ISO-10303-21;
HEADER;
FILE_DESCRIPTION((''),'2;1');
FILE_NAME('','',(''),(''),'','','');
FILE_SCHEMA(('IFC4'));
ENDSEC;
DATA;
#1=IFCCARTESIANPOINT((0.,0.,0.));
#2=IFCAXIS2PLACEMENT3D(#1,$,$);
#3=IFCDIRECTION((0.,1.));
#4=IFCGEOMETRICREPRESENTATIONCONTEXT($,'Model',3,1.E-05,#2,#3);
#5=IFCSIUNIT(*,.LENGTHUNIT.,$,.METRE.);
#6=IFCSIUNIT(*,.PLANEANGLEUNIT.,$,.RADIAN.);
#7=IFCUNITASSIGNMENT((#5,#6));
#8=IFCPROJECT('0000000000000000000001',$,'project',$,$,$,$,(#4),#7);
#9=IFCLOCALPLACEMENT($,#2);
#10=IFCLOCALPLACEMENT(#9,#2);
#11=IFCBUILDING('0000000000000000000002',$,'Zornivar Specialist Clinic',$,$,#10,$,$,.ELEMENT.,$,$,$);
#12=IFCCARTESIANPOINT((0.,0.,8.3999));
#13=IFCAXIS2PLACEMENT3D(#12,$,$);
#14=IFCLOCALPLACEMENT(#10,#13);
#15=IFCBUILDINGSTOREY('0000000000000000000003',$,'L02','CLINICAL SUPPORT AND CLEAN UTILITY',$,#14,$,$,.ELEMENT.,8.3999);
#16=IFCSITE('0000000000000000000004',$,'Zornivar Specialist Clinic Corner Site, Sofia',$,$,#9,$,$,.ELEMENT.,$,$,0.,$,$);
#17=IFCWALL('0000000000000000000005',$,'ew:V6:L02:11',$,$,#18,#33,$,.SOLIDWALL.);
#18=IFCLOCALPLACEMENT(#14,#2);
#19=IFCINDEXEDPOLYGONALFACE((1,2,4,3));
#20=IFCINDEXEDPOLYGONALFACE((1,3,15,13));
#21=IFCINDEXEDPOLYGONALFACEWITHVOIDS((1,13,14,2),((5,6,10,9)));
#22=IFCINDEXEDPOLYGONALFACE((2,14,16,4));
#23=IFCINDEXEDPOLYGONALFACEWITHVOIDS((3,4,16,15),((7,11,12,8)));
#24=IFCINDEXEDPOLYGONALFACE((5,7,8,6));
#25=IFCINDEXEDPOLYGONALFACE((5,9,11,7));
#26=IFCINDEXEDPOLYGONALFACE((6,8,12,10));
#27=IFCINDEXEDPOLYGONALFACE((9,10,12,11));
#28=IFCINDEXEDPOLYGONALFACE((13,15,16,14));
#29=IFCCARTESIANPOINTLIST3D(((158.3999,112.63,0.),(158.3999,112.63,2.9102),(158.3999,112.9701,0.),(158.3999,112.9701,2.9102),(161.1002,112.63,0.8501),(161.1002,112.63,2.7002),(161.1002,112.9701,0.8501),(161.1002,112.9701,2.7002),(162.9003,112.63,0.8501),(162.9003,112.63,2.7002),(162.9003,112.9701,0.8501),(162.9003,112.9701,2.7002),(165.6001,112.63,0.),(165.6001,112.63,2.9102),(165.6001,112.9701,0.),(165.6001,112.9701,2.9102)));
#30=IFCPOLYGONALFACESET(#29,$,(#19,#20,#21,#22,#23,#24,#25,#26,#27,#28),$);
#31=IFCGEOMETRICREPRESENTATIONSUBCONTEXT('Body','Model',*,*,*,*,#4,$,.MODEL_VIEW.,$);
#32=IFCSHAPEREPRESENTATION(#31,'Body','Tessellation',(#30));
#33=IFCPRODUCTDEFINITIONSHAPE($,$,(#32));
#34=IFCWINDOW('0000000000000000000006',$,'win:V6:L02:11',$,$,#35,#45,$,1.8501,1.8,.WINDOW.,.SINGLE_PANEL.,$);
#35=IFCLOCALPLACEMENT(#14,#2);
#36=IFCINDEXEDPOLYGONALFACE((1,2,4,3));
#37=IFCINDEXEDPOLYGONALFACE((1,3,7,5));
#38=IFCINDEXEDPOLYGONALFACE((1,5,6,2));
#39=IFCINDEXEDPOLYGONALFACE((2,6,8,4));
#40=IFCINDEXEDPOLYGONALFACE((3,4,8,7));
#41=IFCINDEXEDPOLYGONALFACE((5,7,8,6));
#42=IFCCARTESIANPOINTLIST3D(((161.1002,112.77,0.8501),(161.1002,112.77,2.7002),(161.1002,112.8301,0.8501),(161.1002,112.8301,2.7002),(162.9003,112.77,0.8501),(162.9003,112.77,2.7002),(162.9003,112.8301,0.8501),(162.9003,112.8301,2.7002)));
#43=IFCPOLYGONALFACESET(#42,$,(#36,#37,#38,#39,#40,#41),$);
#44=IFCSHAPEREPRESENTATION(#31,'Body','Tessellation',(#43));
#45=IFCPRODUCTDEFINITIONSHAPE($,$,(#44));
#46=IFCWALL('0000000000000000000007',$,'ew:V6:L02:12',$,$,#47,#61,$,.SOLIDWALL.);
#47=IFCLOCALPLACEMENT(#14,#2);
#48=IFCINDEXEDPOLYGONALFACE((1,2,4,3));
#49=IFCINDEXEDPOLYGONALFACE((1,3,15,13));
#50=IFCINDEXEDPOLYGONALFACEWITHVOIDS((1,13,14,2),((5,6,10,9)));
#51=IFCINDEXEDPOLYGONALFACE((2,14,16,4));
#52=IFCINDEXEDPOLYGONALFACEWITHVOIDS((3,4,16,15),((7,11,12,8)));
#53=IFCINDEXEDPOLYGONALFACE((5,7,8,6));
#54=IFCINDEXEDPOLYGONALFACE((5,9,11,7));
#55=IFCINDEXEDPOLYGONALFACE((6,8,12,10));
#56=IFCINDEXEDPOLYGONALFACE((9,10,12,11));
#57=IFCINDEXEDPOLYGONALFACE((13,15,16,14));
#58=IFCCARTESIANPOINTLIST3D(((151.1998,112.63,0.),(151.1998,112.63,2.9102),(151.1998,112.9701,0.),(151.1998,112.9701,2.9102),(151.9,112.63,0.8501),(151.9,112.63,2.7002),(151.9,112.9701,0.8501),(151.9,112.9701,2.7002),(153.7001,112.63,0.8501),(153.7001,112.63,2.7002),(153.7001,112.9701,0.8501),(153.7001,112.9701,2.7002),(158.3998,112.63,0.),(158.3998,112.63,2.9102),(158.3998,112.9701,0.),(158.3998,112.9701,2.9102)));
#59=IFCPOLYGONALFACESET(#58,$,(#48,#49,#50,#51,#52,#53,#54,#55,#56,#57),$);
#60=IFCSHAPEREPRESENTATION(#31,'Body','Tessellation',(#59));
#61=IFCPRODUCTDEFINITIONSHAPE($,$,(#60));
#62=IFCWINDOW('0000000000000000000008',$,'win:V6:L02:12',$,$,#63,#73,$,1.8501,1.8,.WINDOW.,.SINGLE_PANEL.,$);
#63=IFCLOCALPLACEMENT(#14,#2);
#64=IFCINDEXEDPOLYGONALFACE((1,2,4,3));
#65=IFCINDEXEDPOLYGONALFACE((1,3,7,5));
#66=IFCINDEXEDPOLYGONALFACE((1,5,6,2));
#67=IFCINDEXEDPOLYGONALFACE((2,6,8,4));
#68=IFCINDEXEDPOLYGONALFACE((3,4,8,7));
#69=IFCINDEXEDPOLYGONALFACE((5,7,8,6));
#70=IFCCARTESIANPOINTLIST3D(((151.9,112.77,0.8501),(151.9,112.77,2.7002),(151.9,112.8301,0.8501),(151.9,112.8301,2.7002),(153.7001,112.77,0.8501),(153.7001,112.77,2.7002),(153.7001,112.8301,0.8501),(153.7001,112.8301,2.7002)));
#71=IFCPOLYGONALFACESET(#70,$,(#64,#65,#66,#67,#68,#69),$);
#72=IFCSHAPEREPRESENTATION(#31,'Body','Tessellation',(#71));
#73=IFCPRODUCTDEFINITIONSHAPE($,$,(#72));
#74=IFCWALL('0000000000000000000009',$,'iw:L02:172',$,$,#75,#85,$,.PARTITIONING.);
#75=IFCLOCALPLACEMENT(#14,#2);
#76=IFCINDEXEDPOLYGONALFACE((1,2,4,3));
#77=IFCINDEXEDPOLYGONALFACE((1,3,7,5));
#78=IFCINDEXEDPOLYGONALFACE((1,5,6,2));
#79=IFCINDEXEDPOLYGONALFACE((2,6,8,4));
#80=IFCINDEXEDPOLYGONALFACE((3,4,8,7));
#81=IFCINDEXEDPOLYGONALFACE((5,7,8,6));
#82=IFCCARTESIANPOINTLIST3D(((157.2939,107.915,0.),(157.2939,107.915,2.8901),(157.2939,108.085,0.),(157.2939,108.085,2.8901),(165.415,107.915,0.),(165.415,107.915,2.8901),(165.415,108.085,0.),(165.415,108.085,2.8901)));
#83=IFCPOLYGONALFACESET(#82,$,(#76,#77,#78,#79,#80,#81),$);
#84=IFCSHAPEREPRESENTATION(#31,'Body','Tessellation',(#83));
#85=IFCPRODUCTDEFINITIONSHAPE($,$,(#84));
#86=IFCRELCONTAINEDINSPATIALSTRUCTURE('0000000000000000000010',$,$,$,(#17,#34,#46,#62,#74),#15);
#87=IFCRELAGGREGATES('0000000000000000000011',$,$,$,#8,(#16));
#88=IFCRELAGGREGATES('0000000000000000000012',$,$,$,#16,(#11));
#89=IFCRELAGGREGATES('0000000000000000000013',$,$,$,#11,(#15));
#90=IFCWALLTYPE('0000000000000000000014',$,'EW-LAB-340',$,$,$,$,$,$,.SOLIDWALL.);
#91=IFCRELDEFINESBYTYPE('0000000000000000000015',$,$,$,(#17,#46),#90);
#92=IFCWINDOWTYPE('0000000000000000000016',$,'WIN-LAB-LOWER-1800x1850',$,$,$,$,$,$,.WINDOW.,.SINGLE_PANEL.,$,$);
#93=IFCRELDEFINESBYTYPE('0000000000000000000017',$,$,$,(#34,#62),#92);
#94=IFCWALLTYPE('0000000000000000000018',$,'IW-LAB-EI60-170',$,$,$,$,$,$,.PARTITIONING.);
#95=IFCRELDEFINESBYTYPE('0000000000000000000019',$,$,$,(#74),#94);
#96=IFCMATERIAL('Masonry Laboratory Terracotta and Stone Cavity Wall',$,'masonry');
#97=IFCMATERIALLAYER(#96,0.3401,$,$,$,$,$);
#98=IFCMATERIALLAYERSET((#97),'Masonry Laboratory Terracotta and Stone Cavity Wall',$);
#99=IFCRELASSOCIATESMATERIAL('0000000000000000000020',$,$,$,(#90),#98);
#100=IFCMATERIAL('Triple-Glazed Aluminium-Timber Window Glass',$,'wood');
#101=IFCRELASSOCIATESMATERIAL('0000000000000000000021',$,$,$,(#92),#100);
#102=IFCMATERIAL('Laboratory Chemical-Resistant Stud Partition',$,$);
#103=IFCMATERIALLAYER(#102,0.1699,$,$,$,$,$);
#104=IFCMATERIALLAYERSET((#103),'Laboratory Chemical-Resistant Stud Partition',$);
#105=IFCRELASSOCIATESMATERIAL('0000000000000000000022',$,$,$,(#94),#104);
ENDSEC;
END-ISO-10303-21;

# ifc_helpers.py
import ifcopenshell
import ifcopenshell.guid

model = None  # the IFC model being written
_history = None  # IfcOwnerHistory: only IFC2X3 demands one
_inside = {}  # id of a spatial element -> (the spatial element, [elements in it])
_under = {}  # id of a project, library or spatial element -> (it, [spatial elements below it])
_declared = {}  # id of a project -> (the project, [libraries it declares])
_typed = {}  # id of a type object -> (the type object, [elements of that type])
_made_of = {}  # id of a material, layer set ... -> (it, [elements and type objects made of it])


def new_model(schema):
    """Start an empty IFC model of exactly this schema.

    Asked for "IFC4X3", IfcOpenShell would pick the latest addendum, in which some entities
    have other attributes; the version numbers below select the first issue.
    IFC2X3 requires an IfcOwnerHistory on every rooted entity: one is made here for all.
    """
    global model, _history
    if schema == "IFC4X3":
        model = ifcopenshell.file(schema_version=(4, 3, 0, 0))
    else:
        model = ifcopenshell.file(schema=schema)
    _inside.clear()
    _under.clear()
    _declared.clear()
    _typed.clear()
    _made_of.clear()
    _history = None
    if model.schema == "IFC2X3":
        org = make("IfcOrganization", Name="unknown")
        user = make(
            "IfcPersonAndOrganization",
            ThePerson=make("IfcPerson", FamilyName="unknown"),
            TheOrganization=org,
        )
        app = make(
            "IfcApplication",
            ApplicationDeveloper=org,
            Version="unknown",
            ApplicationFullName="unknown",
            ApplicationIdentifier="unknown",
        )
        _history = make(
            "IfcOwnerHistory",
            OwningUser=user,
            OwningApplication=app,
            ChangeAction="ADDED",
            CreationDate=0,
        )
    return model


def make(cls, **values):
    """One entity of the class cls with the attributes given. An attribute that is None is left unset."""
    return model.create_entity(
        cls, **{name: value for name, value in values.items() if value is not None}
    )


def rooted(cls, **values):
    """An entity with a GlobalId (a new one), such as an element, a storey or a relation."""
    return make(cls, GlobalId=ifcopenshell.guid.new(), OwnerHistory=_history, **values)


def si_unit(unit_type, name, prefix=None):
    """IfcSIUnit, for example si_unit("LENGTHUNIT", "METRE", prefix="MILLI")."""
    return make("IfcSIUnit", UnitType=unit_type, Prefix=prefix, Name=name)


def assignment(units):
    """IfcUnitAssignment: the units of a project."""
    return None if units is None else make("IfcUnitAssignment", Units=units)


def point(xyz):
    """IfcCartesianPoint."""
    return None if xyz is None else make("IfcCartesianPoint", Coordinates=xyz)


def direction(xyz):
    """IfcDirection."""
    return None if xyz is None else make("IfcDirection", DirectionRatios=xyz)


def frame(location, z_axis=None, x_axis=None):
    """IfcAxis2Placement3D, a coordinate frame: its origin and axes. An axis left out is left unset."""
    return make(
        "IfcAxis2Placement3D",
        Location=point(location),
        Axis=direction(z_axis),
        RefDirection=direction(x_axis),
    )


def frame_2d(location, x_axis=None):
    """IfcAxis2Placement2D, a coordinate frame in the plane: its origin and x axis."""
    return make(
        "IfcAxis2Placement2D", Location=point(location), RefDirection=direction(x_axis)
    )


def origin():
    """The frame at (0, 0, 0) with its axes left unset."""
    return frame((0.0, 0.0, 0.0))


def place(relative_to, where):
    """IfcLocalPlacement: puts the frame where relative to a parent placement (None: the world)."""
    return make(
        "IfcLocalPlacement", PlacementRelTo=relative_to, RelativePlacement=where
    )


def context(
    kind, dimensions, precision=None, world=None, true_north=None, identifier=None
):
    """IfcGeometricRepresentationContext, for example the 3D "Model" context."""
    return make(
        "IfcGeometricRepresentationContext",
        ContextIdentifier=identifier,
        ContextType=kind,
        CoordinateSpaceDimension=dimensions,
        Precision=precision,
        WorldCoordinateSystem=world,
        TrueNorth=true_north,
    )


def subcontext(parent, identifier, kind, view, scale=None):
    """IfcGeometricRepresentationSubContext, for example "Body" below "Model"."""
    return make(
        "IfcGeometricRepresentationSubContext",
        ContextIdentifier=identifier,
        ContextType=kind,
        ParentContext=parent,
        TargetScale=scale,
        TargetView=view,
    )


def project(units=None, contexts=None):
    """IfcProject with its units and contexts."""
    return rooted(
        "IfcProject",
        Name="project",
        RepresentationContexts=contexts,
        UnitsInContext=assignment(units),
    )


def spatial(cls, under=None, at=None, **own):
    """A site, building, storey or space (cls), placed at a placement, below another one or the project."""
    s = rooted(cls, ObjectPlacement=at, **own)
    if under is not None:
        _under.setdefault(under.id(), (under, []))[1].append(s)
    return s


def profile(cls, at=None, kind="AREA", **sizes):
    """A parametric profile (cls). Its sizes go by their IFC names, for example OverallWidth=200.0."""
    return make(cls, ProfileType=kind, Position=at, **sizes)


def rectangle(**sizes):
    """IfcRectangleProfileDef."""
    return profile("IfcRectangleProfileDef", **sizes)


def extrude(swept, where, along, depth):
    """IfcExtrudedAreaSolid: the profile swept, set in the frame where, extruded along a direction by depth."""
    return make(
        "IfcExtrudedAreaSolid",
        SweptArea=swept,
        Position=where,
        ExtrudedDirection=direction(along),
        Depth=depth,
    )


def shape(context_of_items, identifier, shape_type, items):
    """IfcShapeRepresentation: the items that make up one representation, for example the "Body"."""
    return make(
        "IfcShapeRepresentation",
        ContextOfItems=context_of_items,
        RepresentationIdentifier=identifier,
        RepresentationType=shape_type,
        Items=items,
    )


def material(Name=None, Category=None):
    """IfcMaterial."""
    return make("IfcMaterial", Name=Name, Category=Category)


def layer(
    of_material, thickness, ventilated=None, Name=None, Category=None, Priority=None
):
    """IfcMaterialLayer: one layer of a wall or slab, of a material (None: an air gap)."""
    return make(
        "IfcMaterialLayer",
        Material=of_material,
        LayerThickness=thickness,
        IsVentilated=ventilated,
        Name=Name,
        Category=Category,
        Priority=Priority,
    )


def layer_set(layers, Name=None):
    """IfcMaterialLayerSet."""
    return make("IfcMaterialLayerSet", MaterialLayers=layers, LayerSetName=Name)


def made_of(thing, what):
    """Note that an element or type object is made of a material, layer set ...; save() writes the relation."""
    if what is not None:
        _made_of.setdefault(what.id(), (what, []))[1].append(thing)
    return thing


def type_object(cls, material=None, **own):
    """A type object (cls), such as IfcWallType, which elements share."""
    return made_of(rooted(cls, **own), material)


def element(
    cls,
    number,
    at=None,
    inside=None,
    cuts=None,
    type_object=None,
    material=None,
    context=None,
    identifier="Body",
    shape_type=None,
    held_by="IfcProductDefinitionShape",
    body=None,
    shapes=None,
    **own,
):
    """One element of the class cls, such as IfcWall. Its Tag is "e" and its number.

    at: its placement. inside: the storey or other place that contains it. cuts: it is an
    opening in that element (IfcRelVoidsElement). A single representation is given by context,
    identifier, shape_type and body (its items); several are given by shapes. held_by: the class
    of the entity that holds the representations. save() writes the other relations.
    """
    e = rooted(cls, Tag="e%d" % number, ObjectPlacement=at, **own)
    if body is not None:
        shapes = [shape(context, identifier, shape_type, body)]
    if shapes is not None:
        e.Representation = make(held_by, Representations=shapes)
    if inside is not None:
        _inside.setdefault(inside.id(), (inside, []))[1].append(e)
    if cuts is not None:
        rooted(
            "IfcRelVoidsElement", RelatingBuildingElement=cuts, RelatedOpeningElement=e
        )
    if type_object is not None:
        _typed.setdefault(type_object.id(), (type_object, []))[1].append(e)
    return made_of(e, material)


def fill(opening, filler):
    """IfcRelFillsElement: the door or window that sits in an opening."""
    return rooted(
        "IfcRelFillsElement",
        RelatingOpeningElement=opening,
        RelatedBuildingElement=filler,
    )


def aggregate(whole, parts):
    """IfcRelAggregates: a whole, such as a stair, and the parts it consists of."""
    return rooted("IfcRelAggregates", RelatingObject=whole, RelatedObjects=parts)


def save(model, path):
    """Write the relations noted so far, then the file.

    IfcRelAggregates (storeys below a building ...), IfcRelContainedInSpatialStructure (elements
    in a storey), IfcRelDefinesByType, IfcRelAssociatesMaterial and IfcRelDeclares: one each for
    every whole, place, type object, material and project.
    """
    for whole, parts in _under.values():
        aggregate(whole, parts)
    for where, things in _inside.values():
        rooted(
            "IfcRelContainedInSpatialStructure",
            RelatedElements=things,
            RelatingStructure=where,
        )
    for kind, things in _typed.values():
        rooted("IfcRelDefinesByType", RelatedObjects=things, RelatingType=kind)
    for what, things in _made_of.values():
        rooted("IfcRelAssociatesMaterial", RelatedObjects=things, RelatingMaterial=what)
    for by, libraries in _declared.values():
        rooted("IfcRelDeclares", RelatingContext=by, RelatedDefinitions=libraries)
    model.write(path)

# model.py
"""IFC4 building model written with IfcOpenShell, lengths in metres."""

from ifc_helpers import new_model, si_unit, direction, frame, frame_2d, origin, place, context, subcontext, project, spatial, rectangle, extrude, material, layer, layer_set, type_object, element, fill, save


model = new_model("IFC4")

# Units and contexts
model_context = context("Model", 3, precision=1e-05, world=origin(), true_north=direction((0.0, 1.0)))
body_context = subcontext(model_context, "Body", "Model", "MODEL_VIEW")
ifc_project = project(units=[si_unit("LENGTHUNIT", "METRE"), si_unit("PLANEANGLEUNIT", "RADIAN")], contexts=[model_context])

# Site, building, storey
site_placement = place(None, origin())
site = spatial("IfcSite", under=ifc_project, at=site_placement, Name="Zornivar Specialist Clinic Corner Site, Sofia", CompositionType="ELEMENT", RefElevation=0.0)
building_placement = place(site_placement, origin())
building = spatial("IfcBuilding", under=site, at=building_placement, Name="Zornivar Specialist Clinic", CompositionType="ELEMENT")
storey_placement = place(building_placement, frame((0.0, 0.0, 8.3999)))
storey = spatial("IfcBuildingStorey", under=building, at=storey_placement, Name="L02", Description="CLINICAL SUPPORT AND CLEAN UTILITY", CompositionType="ELEMENT", Elevation=8.3999)

# Walls, openings, windows
ifc_material_1 = material(Name="Masonry Laboratory Terracotta and Stone Cavity Wall", Category="masonry")
ifc_layer_1 = layer(ifc_material_1, 0.3401)
ifc_layer_set_1 = layer_set([ifc_layer_1], Name="Masonry Laboratory Terracotta and Stone Cavity Wall")
wall_type_1 = type_object("IfcWallType", Name="EW-LAB-340", PredefinedType="SOLIDWALL", material=ifc_layer_set_1)
ifc_material_2 = material(Name="Triple-Glazed Aluminium-Timber Window Glass", Category="wood")
window_type_1 = type_object("IfcWindowType", Name="WIN-LAB-LOWER-1800x1850", PartitioningType="SINGLE_PANEL", PredefinedType="WINDOW", material=ifc_material_2)
wall_1_placement = place(storey_placement, frame((165.6001, 112.8, 0.0), z_axis=(0.0, 0.0, 1.0), x_axis=(-1.0, 0.0, 0.0)))
wall_1 = element("IfcWall", 1, at=wall_1_placement, inside=storey, type_object=wall_type_1, Name="ew:V6:L02:11", PredefinedType="SOLIDWALL", context=body_context, shape_type="SweptSolid", body=[
    extrude(rectangle(XDim=7.2002, YDim=0.3401, at=frame_2d((3.6001, 0.0))), origin(), (0.0, 0.0, 1.0), 2.9102),
])
opening_1_placement = place(wall_1_placement, frame((2.7, 0.0, 0.8501)))
opening_1 = element("IfcOpeningElement", 2, at=opening_1_placement, cuts=wall_1, PredefinedType="OPENING", context=body_context, shape_type="SweptSolid", body=[
    extrude(rectangle(XDim=1.8, YDim=1.8501, at=frame_2d((0.8999, 0.925))), frame((0.0, 0.1799, 0.0), z_axis=(0.0, -1.0, 0.0), x_axis=(1.0, 0.0, 0.0)), (0.0, 0.0, 1.0), 0.3601),
])
window_1_placement = place(opening_1_placement, origin())
window_1 = element("IfcWindow", 3, at=window_1_placement, inside=storey, type_object=window_type_1, Name="win:V6:L02:11", OverallHeight=1.8501, OverallWidth=1.8, PartitioningType="SINGLE_PANEL", PredefinedType="WINDOW", context=body_context, shape_type="SweptSolid", body=[
    extrude(rectangle(XDim=1.8, YDim=1.8501, at=frame_2d((0.8999, 0.925))), frame((0.0, 0.03, 0.0), z_axis=(0.0, -1.0, 0.0), x_axis=(1.0, 0.0, 0.0)), (0.0, 0.0, 1.0), 0.0601),
])
fill(opening_1, window_1)
wall_2_placement = place(storey_placement, frame((158.3999, 112.8, 0.0), z_axis=(0.0, 0.0, 1.0), x_axis=(-1.0, 0.0, 0.0)))
wall_2 = element("IfcWall", 4, at=wall_2_placement, inside=storey, type_object=wall_type_1, Name="ew:V6:L02:12", PredefinedType="SOLIDWALL", context=body_context, shape_type="SweptSolid", body=[
    extrude(rectangle(XDim=7.2, YDim=0.3401, at=frame_2d((3.6001, 0.0))), origin(), (0.0, 0.0, 1.0), 2.9102),
])
opening_2_placement = place(wall_2_placement, frame((4.7, 0.0, 0.8501)))
opening_2 = element("IfcOpeningElement", 5, at=opening_2_placement, cuts=wall_2, PredefinedType="OPENING", context=body_context, shape_type="SweptSolid", body=[
    extrude(rectangle(XDim=1.8, YDim=1.8501, at=frame_2d((0.8999, 0.925))), frame((0.0, 0.1799, 0.0), z_axis=(0.0, -1.0, 0.0), x_axis=(1.0, 0.0, 0.0)), (0.0, 0.0, 1.0), 0.3601),
])
window_2_placement = place(opening_2_placement, origin())
window_2 = element("IfcWindow", 6, at=window_2_placement, inside=storey, type_object=window_type_1, Name="win:V6:L02:12", OverallHeight=1.8501, OverallWidth=1.8, PartitioningType="SINGLE_PANEL", PredefinedType="WINDOW", context=body_context, shape_type="SweptSolid", body=[
    extrude(rectangle(XDim=1.8, YDim=1.8501, at=frame_2d((0.8999, 0.925))), frame((0.0, 0.03, 0.0), z_axis=(0.0, -1.0, 0.0), x_axis=(1.0, 0.0, 0.0)), (0.0, 0.0, 1.0), 0.0601),
])
fill(opening_2, window_2)

# Wall
ifc_material_3 = material(Name="Laboratory Chemical-Resistant Stud Partition")
ifc_layer_2 = layer(ifc_material_3, 0.1699)
ifc_layer_set_2 = layer_set([ifc_layer_2], Name="Laboratory Chemical-Resistant Stud Partition")
wall_type_2 = type_object("IfcWallType", Name="IW-LAB-EI60-170", PredefinedType="PARTITIONING", material=ifc_layer_set_2)
wall_3_placement = place(storey_placement, frame((157.2939, 108.0, 0.0), z_axis=(0.0, 0.0, 1.0), x_axis=(1.0, 0.0, 0.0)))
element("IfcWall", 7, at=wall_3_placement, inside=storey, type_object=wall_type_2, Name="iw:L02:172", PredefinedType="PARTITIONING", context=body_context, shape_type="SweptSolid", body=[
    extrude(rectangle(XDim=8.1211, YDim=0.1699, at=frame_2d((4.0605, 0.0))), origin(), (0.0, 0.0, 1.0), 2.8901),
])

save(model, "model.ifc")
